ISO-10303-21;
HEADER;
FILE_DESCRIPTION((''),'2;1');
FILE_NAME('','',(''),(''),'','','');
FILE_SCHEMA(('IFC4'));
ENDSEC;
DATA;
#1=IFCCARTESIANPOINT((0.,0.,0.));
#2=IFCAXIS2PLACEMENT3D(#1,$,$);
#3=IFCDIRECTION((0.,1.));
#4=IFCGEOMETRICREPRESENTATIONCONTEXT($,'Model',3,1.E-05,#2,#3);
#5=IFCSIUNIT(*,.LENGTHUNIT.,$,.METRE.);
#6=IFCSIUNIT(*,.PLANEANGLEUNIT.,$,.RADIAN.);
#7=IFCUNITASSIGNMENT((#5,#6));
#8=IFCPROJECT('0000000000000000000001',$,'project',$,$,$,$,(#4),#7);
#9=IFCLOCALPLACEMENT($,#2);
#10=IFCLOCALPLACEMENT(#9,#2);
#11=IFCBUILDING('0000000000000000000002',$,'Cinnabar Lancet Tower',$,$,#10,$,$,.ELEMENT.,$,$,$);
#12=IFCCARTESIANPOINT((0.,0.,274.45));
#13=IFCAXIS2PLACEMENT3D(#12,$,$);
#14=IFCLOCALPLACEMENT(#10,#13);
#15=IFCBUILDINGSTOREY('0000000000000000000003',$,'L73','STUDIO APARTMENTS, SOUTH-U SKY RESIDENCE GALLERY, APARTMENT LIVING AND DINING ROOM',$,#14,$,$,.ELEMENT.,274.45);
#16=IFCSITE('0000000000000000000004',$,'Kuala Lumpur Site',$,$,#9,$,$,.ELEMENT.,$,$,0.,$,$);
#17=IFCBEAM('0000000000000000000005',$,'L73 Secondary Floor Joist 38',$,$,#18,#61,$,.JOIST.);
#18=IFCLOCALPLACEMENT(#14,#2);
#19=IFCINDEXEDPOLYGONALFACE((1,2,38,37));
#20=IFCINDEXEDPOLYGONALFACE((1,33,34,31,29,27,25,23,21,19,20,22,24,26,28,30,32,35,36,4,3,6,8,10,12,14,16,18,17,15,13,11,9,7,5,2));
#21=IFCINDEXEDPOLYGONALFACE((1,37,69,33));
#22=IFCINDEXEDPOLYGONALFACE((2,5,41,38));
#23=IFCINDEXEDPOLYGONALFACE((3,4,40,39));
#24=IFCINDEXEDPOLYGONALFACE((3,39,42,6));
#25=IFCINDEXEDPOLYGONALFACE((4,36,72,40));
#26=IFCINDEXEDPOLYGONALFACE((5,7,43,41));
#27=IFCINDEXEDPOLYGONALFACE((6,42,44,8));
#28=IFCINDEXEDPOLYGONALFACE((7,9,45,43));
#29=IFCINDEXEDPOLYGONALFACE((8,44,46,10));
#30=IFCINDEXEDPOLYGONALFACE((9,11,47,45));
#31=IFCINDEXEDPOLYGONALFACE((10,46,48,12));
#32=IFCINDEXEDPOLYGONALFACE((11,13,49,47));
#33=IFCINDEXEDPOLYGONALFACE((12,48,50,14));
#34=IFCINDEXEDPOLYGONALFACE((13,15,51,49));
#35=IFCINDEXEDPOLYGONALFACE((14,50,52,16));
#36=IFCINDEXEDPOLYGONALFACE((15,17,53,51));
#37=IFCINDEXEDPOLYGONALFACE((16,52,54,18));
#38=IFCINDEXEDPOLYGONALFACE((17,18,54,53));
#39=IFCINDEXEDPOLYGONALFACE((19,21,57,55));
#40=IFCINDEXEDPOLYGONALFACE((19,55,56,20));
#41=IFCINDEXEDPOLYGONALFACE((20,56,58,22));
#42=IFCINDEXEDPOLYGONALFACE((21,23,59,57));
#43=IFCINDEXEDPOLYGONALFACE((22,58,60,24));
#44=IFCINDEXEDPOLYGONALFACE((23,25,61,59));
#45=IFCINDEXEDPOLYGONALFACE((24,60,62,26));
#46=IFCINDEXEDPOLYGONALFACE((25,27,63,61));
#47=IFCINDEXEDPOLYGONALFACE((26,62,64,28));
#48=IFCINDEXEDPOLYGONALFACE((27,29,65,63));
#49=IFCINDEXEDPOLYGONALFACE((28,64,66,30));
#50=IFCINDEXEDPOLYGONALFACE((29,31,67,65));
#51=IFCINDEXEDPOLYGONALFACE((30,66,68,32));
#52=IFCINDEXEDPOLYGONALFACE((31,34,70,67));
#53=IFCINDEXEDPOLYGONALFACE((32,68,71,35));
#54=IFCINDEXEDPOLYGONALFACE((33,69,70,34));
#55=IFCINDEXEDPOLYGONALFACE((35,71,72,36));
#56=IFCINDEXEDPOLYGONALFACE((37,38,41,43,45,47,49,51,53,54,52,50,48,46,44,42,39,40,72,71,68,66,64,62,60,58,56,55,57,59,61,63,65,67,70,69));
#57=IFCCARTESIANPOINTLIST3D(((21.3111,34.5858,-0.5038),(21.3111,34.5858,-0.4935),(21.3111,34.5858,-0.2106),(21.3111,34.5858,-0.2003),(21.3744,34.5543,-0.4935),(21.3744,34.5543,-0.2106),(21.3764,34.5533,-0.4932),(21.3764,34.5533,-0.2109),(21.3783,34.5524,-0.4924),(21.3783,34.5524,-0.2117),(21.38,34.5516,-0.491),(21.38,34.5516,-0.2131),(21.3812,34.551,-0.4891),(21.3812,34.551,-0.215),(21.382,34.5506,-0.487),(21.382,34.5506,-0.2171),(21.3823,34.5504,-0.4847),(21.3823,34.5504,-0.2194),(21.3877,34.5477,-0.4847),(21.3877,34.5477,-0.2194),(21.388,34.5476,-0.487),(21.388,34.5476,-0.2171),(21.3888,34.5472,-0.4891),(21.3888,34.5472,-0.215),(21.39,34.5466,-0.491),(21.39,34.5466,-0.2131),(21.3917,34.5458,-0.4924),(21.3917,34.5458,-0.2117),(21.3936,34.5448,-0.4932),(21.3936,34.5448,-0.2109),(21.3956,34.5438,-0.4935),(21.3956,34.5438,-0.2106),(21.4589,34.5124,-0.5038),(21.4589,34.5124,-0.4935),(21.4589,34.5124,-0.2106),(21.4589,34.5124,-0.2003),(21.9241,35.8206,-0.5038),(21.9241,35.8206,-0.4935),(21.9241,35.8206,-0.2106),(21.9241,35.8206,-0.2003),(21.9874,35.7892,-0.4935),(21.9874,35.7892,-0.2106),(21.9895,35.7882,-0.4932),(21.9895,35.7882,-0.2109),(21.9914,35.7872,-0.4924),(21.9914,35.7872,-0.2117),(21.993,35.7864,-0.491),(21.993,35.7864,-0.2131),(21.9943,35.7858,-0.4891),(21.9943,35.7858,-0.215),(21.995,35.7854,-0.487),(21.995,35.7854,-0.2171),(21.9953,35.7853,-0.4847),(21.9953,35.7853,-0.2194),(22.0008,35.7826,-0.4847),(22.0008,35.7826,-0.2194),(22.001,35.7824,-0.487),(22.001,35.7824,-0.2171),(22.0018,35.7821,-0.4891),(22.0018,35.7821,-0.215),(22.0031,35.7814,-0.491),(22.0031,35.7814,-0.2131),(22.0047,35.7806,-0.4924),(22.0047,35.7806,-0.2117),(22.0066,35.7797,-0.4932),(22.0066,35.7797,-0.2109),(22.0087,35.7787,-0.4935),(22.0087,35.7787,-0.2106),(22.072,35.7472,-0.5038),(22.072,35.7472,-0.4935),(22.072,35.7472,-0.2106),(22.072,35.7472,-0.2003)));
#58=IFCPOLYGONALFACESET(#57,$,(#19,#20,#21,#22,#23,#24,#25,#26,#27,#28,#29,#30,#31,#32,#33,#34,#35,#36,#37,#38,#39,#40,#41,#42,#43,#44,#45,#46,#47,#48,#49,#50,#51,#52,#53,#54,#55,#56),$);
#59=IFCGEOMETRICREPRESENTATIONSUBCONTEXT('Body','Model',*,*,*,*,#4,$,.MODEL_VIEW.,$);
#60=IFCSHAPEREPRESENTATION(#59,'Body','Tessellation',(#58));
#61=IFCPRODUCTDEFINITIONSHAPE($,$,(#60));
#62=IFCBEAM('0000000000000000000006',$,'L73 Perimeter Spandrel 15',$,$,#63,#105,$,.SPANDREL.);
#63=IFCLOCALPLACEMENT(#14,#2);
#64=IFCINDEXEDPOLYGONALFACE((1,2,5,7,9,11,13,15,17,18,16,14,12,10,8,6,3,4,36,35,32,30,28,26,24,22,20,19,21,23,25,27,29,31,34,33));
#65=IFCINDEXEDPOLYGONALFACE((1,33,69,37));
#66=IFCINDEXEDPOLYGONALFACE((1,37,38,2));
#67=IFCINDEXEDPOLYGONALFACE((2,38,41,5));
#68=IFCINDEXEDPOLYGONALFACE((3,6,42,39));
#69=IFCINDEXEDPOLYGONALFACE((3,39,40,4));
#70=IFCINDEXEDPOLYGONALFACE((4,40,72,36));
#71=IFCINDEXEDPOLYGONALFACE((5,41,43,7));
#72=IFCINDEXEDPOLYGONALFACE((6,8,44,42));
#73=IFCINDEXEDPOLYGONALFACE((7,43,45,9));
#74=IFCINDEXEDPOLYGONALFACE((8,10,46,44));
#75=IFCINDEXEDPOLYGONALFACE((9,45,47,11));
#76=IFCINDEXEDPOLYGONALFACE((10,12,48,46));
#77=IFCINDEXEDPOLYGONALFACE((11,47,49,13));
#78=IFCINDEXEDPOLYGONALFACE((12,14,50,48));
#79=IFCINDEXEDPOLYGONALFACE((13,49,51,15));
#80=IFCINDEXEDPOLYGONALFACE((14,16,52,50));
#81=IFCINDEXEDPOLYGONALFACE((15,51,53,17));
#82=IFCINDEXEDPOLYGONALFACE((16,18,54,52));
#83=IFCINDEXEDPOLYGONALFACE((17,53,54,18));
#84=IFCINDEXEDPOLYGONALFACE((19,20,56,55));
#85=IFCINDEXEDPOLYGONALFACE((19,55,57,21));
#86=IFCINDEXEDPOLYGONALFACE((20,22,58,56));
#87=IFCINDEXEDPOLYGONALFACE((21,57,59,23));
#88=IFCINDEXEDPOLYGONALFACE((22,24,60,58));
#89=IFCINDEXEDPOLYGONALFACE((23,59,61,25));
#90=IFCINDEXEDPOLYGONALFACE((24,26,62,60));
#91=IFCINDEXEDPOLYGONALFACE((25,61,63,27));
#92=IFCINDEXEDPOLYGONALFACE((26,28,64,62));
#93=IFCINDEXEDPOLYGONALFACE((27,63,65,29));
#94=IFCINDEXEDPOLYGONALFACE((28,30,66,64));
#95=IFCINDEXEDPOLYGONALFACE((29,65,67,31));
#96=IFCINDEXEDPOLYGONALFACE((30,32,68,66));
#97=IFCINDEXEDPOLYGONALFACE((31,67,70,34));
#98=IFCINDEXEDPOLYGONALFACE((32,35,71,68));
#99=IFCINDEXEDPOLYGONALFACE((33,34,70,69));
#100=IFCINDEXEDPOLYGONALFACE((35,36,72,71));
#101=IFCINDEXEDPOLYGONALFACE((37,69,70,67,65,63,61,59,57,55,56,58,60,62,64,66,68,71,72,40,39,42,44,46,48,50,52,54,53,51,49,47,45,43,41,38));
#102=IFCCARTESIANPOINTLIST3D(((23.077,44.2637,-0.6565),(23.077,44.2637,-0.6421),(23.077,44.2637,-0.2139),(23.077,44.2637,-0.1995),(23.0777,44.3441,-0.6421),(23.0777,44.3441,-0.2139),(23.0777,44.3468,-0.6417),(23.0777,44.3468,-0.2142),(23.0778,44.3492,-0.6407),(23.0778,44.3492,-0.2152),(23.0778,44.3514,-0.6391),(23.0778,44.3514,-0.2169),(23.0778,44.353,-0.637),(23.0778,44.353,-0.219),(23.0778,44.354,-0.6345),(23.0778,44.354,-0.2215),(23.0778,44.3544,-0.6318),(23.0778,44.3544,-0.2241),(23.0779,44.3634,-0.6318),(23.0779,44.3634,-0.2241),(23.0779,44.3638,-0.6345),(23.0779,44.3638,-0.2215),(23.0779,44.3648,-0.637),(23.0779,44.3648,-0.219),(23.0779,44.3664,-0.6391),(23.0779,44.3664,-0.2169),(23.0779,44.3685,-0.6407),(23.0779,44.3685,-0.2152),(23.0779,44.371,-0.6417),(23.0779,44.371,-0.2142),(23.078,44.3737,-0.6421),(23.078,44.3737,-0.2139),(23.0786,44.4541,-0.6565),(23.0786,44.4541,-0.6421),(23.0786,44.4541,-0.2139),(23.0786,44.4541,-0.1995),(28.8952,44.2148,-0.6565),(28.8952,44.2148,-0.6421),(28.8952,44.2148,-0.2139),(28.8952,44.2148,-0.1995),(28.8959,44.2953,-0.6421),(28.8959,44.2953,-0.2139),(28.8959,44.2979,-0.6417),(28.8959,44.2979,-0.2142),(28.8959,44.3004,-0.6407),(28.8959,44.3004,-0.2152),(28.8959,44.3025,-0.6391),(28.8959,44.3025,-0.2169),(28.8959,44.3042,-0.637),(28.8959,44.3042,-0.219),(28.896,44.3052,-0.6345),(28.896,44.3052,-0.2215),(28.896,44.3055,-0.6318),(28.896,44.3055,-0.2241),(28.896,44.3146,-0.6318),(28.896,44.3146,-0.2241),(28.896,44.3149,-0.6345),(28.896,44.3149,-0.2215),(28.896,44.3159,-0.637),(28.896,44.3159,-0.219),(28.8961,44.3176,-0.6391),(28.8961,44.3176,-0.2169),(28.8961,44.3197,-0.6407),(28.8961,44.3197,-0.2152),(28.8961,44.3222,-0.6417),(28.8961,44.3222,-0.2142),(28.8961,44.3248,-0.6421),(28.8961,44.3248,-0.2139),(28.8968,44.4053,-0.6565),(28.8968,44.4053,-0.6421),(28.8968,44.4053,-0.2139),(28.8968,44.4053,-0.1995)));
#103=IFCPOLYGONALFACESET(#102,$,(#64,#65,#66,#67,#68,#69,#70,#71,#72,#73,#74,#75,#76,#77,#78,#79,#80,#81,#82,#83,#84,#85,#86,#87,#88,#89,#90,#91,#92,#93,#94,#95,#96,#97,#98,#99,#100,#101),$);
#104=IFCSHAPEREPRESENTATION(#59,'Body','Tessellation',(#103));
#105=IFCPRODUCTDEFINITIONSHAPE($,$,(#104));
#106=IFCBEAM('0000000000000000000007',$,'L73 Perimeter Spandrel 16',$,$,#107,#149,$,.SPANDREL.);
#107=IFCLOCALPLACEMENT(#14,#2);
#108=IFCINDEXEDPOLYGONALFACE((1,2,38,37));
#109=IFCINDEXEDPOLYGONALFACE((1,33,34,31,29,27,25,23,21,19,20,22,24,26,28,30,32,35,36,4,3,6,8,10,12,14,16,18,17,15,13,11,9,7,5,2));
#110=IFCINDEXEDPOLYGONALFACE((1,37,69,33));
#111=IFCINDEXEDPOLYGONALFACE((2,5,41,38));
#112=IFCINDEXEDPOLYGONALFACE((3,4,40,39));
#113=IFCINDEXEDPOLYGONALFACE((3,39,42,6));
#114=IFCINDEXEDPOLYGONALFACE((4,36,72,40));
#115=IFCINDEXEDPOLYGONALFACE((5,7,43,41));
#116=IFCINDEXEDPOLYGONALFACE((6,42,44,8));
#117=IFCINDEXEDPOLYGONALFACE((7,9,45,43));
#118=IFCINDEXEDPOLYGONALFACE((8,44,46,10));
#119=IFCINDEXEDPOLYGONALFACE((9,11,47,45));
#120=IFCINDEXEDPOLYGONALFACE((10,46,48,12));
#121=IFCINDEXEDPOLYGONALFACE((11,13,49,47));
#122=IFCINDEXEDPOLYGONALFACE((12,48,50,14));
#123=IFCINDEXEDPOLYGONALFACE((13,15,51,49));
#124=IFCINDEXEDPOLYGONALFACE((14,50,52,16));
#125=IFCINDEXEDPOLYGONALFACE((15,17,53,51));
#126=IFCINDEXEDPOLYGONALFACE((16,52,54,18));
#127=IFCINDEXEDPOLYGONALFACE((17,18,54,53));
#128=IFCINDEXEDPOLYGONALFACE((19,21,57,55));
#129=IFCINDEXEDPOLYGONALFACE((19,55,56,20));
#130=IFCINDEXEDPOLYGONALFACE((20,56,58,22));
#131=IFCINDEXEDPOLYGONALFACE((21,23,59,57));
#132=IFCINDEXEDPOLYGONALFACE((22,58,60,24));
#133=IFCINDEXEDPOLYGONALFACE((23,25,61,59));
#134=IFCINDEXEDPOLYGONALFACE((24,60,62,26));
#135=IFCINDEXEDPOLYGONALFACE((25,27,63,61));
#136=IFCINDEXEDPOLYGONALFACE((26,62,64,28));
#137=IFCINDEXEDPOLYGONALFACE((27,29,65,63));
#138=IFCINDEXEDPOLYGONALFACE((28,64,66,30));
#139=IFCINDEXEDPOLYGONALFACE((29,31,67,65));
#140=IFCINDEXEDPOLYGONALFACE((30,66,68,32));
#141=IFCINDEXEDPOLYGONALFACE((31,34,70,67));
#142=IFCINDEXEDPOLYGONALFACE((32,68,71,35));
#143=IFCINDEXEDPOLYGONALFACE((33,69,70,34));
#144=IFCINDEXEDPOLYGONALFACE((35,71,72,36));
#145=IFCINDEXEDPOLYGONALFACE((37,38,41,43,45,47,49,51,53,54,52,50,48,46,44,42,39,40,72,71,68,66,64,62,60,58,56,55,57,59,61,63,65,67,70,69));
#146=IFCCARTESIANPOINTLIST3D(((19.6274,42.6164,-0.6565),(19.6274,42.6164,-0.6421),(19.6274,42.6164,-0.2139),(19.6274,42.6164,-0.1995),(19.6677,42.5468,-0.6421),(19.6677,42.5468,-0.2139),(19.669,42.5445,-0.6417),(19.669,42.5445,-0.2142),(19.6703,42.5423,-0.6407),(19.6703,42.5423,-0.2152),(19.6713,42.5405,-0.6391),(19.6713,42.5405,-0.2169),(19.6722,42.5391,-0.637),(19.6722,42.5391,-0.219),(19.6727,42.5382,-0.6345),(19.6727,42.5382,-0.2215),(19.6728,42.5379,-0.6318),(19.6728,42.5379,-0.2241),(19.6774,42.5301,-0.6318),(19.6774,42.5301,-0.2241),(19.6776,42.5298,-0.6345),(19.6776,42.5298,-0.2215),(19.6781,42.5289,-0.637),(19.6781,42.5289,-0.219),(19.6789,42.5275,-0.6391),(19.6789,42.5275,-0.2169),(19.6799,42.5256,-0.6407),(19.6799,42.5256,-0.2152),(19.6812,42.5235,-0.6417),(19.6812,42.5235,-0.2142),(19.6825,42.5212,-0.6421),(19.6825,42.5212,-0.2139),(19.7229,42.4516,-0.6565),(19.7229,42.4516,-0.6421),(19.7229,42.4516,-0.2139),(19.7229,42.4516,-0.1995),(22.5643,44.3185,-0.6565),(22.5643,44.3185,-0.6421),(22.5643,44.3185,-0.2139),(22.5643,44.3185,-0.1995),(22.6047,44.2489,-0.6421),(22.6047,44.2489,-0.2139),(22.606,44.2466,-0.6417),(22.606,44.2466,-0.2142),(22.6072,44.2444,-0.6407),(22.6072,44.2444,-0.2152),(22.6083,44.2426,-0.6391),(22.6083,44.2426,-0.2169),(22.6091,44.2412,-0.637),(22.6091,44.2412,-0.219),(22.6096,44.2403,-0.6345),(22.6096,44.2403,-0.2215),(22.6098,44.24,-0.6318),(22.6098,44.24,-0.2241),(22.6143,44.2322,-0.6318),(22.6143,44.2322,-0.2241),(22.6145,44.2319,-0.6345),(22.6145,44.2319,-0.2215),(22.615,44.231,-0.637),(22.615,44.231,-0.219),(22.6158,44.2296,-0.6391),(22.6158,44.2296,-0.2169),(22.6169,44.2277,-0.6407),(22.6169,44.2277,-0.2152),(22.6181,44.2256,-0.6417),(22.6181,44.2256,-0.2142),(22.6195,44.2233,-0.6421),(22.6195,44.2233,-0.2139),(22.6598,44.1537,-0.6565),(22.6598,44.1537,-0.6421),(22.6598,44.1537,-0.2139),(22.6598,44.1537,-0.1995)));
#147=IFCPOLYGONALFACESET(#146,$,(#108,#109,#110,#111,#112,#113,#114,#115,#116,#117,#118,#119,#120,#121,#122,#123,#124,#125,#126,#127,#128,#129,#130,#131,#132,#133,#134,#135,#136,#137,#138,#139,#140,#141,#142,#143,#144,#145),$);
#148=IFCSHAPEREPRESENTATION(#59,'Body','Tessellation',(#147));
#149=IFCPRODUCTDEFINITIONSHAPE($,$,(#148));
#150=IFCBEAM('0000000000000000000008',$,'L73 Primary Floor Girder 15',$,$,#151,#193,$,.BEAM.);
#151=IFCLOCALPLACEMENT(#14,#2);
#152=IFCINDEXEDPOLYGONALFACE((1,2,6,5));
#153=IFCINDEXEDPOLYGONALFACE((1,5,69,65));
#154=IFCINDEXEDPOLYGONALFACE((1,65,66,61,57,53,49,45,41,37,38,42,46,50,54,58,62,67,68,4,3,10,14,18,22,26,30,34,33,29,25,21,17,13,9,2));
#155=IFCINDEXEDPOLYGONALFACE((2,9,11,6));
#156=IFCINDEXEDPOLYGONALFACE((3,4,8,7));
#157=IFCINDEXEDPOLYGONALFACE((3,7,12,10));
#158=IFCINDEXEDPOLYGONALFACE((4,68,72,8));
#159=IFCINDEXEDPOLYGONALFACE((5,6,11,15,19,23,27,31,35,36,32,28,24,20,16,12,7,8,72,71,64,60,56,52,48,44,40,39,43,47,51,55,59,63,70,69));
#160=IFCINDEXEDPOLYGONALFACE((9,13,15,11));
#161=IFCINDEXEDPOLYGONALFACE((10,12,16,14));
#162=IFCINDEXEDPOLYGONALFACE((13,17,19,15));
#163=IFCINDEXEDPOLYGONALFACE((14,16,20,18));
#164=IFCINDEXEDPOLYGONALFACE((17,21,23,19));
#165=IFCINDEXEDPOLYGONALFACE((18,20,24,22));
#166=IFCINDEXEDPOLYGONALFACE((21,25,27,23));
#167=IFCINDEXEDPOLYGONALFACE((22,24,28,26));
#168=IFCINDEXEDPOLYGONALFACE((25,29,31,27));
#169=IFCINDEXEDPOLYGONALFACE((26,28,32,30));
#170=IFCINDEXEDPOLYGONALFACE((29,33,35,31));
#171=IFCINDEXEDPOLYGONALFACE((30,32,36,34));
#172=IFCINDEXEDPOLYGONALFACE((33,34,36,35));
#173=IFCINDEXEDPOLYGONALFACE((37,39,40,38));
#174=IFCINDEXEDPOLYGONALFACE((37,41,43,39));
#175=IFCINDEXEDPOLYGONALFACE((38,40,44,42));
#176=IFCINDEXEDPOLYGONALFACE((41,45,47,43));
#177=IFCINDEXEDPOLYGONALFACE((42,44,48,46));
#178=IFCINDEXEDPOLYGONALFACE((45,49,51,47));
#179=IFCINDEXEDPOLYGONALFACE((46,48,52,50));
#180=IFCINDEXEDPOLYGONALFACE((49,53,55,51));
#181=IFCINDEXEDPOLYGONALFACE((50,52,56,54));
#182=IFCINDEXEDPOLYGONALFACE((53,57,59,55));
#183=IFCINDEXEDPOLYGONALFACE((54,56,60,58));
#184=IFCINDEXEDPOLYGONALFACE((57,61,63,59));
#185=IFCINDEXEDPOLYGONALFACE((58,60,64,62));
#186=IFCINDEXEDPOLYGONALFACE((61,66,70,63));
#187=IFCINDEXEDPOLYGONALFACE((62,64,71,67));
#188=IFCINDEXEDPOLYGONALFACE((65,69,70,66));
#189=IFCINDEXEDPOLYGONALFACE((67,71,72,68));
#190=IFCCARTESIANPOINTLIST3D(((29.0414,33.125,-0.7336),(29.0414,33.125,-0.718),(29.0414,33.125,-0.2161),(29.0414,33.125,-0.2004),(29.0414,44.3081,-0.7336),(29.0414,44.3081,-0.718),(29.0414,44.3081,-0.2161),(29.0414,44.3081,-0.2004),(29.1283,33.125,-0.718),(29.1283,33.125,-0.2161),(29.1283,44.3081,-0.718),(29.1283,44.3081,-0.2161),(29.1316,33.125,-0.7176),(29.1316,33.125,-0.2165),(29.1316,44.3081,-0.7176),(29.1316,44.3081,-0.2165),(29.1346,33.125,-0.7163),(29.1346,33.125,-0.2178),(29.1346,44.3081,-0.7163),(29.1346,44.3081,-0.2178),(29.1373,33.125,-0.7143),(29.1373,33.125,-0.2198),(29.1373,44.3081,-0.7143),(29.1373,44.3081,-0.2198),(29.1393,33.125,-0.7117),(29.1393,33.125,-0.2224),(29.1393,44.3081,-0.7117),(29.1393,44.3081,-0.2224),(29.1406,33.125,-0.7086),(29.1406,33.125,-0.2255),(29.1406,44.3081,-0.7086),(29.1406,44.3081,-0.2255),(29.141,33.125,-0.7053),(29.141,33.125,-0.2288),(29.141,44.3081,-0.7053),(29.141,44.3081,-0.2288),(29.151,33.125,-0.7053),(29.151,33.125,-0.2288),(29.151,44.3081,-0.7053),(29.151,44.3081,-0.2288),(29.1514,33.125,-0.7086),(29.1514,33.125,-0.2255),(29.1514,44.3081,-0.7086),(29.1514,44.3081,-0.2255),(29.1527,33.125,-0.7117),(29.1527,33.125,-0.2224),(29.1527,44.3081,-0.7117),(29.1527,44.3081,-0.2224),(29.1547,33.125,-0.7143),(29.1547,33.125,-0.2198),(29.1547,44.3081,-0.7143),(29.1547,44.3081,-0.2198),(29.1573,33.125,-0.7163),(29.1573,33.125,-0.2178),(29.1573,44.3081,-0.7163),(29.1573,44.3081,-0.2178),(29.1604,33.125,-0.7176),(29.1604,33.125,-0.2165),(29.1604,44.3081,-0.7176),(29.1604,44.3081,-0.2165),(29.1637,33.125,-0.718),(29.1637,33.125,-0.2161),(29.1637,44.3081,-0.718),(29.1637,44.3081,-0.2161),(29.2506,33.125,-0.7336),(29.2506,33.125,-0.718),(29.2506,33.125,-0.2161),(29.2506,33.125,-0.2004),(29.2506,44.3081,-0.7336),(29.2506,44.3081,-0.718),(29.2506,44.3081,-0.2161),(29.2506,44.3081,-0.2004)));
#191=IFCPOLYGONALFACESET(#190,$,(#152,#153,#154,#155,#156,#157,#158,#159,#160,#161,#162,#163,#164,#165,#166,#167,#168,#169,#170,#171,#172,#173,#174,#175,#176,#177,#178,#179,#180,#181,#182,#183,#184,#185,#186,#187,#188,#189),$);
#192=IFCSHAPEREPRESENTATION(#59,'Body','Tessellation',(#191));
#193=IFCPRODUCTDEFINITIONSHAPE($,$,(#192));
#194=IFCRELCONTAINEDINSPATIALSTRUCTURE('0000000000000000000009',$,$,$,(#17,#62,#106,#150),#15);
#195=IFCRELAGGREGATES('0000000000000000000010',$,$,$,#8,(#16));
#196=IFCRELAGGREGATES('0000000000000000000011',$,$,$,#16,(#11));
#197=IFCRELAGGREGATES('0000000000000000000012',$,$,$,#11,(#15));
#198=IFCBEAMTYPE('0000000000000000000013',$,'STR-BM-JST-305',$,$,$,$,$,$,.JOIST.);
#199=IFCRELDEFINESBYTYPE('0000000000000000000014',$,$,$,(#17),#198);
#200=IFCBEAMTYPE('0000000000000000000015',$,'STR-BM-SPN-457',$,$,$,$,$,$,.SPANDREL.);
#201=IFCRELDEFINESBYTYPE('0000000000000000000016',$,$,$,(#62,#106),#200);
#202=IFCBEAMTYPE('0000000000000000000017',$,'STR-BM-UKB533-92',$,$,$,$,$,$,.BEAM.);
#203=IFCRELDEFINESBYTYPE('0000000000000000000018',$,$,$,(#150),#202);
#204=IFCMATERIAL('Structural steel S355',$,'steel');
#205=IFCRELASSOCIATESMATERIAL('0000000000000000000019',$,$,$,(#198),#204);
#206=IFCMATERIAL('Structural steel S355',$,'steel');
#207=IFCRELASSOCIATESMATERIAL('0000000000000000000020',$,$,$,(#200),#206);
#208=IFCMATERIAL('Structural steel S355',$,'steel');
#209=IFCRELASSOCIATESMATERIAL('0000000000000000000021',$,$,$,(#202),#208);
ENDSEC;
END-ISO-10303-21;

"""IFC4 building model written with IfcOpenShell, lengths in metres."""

from ifc_helpers import new_model, si_unit, direction, frame, origin, origin_2d, place, context, subcontext, project, spatial, i_section, extrude, material, material_profile, profile_set, type_object, element, save


model = new_model("IFC4")

# Units and contexts
model_context = context("Model", 3, precision=1e-05, world=origin(), true_north=direction((0.0, 1.0)))
body_context = subcontext(model_context, "Body", "Model", "MODEL_VIEW")
ifc_project = project(units=[si_unit("LENGTHUNIT", "METRE"), si_unit("PLANEANGLEUNIT", "RADIAN")], contexts=[model_context])

# Site, building, storey
site_placement = place(None, origin())
site = spatial("IfcSite", under=ifc_project, at=site_placement, Name="Kuala Lumpur Site", CompositionType="ELEMENT", RefElevation=0.0)
building_placement = place(site_placement, origin())
building = spatial("IfcBuilding", under=site, at=building_placement, Name="Cinnabar Lancet Tower", CompositionType="ELEMENT")
storey_placement = place(building_placement, frame((0.0, 0.0, 274.45)))
storey = spatial("IfcBuildingStorey", under=building, at=storey_placement, Name="L73", Description="STUDIO APARTMENTS, SOUTH-U SKY RESIDENCE GALLERY, APARTMENT LIVING AND DINING ROOM", CompositionType="ELEMENT", Elevation=274.45)

# Beams
ifc_material_1 = material(Name="Structural steel S355", Category="steel")
ifc_material_profile_1 = material_profile(ifc_material_1, i_section(OverallWidth=0.165, OverallDepth=0.3035, WebThickness=0.0061, FlangeThickness=0.0103, FilletRadius=0.0088, at=origin_2d()), Name="UKB 305x165x40")
ifc_profile_set_1 = profile_set([ifc_material_profile_1], Name="Structural steel S355")
beam_type_1 = type_object("IfcBeamType", Name="STR-BM-JST-305", PredefinedType="JOIST", material=ifc_profile_set_1)
beam_1_placement = place(storey_placement, frame((21.998, 35.7839, -0.3521), z_axis=(-0.444662, -0.895699, 0.0), x_axis=(0.895699, -0.444662, 0.0)))
element("IfcBeam", 1, at=beam_1_placement, inside=storey, type_object=beam_type_1, Name="L73 Secondary Floor Joist 38", PredefinedType="JOIST", context=body_context, shape_type="SweptSolid", body=[
    extrude(i_section(OverallWidth=0.165, OverallDepth=0.3035, WebThickness=0.0061, FlangeThickness=0.0103, FilletRadius=0.0088, at=origin_2d()), origin(), (0.0, 0.0, 1.0), 1.3787),
])
ifc_material_2 = material(Name="Structural steel S355", Category="steel")
ifc_material_profile_2 = material_profile(ifc_material_2, i_section(OverallWidth=0.1904, OverallDepth=0.457, WebThickness=0.009, FlangeThickness=0.0144, FilletRadius=0.0103, at=origin_2d()), Name="UKB 457x191x74")
ifc_profile_set_2 = profile_set([ifc_material_profile_2], Name="Structural steel S355")
beam_type_2 = type_object("IfcBeamType", Name="STR-BM-SPN-457", PredefinedType="SPANDREL", material=ifc_profile_set_2)
beam_2_placement = place(storey_placement, frame((28.896, 44.3101, -0.428), z_axis=(-0.999965, 0.008392, 0.0), x_axis=(-0.008392, -0.999965, 0.0)))
element("IfcBeam", 2, at=beam_2_placement, inside=storey, type_object=beam_type_2, Name="L73 Perimeter Spandrel 15", PredefinedType="SPANDREL", context=body_context, shape_type="SweptSolid", body=[
    extrude(i_section(OverallWidth=0.1904, OverallDepth=0.457, WebThickness=0.009, FlangeThickness=0.0144, FilletRadius=0.0103, at=origin_2d()), origin(), (0.0, 0.0, 1.0), 5.8184),
])
beam_3_placement = place(storey_placement, frame((22.6121, 44.2361, -0.428), z_axis=(-0.8652, -0.501427, 0.0), x_axis=(0.501427, -0.8652, 0.0)))
element("IfcBeam", 3, at=beam_3_placement, inside=storey, type_object=beam_type_2, Name="L73 Perimeter Spandrel 16", PredefinedType="SPANDREL", context=body_context, shape_type="SweptSolid", body=[
    extrude(i_section(OverallWidth=0.1904, OverallDepth=0.457, WebThickness=0.009, FlangeThickness=0.0144, FilletRadius=0.0103, at=origin_2d()), origin(), (0.0, 0.0, 1.0), 3.3945),
])
ifc_material_3 = material(Name="Structural steel S355", Category="steel")
ifc_material_profile_3 = material_profile(ifc_material_3, i_section(OverallWidth=0.2092, OverallDepth=0.5332, WebThickness=0.01, FlangeThickness=0.0156, FilletRadius=0.0127, at=origin_2d()), Name="UKB 533x210x92")
ifc_profile_set_3 = profile_set([ifc_material_profile_3], Name="Structural steel S355")
beam_type_3 = type_object("IfcBeamType", Name="STR-BM-UKB533-92", PredefinedType="BEAM", material=ifc_profile_set_3)
beam_4_placement = place(storey_placement, frame((29.146, 44.3081, -0.467), z_axis=(0.0, -1.0, 0.0), x_axis=(1.0, 0.0, 0.0)))
element("IfcBeam", 4, at=beam_4_placement, inside=storey, type_object=beam_type_3, Name="L73 Primary Floor Girder 15", PredefinedType="BEAM", context=body_context, shape_type="SweptSolid", body=[
    extrude(i_section(OverallWidth=0.2092, OverallDepth=0.5332, WebThickness=0.01, FlangeThickness=0.0156, FilletRadius=0.0127, at=origin_2d()), origin(), (0.0, 0.0, 1.0), 11.1831),
])

save(model, "model.ifc")
